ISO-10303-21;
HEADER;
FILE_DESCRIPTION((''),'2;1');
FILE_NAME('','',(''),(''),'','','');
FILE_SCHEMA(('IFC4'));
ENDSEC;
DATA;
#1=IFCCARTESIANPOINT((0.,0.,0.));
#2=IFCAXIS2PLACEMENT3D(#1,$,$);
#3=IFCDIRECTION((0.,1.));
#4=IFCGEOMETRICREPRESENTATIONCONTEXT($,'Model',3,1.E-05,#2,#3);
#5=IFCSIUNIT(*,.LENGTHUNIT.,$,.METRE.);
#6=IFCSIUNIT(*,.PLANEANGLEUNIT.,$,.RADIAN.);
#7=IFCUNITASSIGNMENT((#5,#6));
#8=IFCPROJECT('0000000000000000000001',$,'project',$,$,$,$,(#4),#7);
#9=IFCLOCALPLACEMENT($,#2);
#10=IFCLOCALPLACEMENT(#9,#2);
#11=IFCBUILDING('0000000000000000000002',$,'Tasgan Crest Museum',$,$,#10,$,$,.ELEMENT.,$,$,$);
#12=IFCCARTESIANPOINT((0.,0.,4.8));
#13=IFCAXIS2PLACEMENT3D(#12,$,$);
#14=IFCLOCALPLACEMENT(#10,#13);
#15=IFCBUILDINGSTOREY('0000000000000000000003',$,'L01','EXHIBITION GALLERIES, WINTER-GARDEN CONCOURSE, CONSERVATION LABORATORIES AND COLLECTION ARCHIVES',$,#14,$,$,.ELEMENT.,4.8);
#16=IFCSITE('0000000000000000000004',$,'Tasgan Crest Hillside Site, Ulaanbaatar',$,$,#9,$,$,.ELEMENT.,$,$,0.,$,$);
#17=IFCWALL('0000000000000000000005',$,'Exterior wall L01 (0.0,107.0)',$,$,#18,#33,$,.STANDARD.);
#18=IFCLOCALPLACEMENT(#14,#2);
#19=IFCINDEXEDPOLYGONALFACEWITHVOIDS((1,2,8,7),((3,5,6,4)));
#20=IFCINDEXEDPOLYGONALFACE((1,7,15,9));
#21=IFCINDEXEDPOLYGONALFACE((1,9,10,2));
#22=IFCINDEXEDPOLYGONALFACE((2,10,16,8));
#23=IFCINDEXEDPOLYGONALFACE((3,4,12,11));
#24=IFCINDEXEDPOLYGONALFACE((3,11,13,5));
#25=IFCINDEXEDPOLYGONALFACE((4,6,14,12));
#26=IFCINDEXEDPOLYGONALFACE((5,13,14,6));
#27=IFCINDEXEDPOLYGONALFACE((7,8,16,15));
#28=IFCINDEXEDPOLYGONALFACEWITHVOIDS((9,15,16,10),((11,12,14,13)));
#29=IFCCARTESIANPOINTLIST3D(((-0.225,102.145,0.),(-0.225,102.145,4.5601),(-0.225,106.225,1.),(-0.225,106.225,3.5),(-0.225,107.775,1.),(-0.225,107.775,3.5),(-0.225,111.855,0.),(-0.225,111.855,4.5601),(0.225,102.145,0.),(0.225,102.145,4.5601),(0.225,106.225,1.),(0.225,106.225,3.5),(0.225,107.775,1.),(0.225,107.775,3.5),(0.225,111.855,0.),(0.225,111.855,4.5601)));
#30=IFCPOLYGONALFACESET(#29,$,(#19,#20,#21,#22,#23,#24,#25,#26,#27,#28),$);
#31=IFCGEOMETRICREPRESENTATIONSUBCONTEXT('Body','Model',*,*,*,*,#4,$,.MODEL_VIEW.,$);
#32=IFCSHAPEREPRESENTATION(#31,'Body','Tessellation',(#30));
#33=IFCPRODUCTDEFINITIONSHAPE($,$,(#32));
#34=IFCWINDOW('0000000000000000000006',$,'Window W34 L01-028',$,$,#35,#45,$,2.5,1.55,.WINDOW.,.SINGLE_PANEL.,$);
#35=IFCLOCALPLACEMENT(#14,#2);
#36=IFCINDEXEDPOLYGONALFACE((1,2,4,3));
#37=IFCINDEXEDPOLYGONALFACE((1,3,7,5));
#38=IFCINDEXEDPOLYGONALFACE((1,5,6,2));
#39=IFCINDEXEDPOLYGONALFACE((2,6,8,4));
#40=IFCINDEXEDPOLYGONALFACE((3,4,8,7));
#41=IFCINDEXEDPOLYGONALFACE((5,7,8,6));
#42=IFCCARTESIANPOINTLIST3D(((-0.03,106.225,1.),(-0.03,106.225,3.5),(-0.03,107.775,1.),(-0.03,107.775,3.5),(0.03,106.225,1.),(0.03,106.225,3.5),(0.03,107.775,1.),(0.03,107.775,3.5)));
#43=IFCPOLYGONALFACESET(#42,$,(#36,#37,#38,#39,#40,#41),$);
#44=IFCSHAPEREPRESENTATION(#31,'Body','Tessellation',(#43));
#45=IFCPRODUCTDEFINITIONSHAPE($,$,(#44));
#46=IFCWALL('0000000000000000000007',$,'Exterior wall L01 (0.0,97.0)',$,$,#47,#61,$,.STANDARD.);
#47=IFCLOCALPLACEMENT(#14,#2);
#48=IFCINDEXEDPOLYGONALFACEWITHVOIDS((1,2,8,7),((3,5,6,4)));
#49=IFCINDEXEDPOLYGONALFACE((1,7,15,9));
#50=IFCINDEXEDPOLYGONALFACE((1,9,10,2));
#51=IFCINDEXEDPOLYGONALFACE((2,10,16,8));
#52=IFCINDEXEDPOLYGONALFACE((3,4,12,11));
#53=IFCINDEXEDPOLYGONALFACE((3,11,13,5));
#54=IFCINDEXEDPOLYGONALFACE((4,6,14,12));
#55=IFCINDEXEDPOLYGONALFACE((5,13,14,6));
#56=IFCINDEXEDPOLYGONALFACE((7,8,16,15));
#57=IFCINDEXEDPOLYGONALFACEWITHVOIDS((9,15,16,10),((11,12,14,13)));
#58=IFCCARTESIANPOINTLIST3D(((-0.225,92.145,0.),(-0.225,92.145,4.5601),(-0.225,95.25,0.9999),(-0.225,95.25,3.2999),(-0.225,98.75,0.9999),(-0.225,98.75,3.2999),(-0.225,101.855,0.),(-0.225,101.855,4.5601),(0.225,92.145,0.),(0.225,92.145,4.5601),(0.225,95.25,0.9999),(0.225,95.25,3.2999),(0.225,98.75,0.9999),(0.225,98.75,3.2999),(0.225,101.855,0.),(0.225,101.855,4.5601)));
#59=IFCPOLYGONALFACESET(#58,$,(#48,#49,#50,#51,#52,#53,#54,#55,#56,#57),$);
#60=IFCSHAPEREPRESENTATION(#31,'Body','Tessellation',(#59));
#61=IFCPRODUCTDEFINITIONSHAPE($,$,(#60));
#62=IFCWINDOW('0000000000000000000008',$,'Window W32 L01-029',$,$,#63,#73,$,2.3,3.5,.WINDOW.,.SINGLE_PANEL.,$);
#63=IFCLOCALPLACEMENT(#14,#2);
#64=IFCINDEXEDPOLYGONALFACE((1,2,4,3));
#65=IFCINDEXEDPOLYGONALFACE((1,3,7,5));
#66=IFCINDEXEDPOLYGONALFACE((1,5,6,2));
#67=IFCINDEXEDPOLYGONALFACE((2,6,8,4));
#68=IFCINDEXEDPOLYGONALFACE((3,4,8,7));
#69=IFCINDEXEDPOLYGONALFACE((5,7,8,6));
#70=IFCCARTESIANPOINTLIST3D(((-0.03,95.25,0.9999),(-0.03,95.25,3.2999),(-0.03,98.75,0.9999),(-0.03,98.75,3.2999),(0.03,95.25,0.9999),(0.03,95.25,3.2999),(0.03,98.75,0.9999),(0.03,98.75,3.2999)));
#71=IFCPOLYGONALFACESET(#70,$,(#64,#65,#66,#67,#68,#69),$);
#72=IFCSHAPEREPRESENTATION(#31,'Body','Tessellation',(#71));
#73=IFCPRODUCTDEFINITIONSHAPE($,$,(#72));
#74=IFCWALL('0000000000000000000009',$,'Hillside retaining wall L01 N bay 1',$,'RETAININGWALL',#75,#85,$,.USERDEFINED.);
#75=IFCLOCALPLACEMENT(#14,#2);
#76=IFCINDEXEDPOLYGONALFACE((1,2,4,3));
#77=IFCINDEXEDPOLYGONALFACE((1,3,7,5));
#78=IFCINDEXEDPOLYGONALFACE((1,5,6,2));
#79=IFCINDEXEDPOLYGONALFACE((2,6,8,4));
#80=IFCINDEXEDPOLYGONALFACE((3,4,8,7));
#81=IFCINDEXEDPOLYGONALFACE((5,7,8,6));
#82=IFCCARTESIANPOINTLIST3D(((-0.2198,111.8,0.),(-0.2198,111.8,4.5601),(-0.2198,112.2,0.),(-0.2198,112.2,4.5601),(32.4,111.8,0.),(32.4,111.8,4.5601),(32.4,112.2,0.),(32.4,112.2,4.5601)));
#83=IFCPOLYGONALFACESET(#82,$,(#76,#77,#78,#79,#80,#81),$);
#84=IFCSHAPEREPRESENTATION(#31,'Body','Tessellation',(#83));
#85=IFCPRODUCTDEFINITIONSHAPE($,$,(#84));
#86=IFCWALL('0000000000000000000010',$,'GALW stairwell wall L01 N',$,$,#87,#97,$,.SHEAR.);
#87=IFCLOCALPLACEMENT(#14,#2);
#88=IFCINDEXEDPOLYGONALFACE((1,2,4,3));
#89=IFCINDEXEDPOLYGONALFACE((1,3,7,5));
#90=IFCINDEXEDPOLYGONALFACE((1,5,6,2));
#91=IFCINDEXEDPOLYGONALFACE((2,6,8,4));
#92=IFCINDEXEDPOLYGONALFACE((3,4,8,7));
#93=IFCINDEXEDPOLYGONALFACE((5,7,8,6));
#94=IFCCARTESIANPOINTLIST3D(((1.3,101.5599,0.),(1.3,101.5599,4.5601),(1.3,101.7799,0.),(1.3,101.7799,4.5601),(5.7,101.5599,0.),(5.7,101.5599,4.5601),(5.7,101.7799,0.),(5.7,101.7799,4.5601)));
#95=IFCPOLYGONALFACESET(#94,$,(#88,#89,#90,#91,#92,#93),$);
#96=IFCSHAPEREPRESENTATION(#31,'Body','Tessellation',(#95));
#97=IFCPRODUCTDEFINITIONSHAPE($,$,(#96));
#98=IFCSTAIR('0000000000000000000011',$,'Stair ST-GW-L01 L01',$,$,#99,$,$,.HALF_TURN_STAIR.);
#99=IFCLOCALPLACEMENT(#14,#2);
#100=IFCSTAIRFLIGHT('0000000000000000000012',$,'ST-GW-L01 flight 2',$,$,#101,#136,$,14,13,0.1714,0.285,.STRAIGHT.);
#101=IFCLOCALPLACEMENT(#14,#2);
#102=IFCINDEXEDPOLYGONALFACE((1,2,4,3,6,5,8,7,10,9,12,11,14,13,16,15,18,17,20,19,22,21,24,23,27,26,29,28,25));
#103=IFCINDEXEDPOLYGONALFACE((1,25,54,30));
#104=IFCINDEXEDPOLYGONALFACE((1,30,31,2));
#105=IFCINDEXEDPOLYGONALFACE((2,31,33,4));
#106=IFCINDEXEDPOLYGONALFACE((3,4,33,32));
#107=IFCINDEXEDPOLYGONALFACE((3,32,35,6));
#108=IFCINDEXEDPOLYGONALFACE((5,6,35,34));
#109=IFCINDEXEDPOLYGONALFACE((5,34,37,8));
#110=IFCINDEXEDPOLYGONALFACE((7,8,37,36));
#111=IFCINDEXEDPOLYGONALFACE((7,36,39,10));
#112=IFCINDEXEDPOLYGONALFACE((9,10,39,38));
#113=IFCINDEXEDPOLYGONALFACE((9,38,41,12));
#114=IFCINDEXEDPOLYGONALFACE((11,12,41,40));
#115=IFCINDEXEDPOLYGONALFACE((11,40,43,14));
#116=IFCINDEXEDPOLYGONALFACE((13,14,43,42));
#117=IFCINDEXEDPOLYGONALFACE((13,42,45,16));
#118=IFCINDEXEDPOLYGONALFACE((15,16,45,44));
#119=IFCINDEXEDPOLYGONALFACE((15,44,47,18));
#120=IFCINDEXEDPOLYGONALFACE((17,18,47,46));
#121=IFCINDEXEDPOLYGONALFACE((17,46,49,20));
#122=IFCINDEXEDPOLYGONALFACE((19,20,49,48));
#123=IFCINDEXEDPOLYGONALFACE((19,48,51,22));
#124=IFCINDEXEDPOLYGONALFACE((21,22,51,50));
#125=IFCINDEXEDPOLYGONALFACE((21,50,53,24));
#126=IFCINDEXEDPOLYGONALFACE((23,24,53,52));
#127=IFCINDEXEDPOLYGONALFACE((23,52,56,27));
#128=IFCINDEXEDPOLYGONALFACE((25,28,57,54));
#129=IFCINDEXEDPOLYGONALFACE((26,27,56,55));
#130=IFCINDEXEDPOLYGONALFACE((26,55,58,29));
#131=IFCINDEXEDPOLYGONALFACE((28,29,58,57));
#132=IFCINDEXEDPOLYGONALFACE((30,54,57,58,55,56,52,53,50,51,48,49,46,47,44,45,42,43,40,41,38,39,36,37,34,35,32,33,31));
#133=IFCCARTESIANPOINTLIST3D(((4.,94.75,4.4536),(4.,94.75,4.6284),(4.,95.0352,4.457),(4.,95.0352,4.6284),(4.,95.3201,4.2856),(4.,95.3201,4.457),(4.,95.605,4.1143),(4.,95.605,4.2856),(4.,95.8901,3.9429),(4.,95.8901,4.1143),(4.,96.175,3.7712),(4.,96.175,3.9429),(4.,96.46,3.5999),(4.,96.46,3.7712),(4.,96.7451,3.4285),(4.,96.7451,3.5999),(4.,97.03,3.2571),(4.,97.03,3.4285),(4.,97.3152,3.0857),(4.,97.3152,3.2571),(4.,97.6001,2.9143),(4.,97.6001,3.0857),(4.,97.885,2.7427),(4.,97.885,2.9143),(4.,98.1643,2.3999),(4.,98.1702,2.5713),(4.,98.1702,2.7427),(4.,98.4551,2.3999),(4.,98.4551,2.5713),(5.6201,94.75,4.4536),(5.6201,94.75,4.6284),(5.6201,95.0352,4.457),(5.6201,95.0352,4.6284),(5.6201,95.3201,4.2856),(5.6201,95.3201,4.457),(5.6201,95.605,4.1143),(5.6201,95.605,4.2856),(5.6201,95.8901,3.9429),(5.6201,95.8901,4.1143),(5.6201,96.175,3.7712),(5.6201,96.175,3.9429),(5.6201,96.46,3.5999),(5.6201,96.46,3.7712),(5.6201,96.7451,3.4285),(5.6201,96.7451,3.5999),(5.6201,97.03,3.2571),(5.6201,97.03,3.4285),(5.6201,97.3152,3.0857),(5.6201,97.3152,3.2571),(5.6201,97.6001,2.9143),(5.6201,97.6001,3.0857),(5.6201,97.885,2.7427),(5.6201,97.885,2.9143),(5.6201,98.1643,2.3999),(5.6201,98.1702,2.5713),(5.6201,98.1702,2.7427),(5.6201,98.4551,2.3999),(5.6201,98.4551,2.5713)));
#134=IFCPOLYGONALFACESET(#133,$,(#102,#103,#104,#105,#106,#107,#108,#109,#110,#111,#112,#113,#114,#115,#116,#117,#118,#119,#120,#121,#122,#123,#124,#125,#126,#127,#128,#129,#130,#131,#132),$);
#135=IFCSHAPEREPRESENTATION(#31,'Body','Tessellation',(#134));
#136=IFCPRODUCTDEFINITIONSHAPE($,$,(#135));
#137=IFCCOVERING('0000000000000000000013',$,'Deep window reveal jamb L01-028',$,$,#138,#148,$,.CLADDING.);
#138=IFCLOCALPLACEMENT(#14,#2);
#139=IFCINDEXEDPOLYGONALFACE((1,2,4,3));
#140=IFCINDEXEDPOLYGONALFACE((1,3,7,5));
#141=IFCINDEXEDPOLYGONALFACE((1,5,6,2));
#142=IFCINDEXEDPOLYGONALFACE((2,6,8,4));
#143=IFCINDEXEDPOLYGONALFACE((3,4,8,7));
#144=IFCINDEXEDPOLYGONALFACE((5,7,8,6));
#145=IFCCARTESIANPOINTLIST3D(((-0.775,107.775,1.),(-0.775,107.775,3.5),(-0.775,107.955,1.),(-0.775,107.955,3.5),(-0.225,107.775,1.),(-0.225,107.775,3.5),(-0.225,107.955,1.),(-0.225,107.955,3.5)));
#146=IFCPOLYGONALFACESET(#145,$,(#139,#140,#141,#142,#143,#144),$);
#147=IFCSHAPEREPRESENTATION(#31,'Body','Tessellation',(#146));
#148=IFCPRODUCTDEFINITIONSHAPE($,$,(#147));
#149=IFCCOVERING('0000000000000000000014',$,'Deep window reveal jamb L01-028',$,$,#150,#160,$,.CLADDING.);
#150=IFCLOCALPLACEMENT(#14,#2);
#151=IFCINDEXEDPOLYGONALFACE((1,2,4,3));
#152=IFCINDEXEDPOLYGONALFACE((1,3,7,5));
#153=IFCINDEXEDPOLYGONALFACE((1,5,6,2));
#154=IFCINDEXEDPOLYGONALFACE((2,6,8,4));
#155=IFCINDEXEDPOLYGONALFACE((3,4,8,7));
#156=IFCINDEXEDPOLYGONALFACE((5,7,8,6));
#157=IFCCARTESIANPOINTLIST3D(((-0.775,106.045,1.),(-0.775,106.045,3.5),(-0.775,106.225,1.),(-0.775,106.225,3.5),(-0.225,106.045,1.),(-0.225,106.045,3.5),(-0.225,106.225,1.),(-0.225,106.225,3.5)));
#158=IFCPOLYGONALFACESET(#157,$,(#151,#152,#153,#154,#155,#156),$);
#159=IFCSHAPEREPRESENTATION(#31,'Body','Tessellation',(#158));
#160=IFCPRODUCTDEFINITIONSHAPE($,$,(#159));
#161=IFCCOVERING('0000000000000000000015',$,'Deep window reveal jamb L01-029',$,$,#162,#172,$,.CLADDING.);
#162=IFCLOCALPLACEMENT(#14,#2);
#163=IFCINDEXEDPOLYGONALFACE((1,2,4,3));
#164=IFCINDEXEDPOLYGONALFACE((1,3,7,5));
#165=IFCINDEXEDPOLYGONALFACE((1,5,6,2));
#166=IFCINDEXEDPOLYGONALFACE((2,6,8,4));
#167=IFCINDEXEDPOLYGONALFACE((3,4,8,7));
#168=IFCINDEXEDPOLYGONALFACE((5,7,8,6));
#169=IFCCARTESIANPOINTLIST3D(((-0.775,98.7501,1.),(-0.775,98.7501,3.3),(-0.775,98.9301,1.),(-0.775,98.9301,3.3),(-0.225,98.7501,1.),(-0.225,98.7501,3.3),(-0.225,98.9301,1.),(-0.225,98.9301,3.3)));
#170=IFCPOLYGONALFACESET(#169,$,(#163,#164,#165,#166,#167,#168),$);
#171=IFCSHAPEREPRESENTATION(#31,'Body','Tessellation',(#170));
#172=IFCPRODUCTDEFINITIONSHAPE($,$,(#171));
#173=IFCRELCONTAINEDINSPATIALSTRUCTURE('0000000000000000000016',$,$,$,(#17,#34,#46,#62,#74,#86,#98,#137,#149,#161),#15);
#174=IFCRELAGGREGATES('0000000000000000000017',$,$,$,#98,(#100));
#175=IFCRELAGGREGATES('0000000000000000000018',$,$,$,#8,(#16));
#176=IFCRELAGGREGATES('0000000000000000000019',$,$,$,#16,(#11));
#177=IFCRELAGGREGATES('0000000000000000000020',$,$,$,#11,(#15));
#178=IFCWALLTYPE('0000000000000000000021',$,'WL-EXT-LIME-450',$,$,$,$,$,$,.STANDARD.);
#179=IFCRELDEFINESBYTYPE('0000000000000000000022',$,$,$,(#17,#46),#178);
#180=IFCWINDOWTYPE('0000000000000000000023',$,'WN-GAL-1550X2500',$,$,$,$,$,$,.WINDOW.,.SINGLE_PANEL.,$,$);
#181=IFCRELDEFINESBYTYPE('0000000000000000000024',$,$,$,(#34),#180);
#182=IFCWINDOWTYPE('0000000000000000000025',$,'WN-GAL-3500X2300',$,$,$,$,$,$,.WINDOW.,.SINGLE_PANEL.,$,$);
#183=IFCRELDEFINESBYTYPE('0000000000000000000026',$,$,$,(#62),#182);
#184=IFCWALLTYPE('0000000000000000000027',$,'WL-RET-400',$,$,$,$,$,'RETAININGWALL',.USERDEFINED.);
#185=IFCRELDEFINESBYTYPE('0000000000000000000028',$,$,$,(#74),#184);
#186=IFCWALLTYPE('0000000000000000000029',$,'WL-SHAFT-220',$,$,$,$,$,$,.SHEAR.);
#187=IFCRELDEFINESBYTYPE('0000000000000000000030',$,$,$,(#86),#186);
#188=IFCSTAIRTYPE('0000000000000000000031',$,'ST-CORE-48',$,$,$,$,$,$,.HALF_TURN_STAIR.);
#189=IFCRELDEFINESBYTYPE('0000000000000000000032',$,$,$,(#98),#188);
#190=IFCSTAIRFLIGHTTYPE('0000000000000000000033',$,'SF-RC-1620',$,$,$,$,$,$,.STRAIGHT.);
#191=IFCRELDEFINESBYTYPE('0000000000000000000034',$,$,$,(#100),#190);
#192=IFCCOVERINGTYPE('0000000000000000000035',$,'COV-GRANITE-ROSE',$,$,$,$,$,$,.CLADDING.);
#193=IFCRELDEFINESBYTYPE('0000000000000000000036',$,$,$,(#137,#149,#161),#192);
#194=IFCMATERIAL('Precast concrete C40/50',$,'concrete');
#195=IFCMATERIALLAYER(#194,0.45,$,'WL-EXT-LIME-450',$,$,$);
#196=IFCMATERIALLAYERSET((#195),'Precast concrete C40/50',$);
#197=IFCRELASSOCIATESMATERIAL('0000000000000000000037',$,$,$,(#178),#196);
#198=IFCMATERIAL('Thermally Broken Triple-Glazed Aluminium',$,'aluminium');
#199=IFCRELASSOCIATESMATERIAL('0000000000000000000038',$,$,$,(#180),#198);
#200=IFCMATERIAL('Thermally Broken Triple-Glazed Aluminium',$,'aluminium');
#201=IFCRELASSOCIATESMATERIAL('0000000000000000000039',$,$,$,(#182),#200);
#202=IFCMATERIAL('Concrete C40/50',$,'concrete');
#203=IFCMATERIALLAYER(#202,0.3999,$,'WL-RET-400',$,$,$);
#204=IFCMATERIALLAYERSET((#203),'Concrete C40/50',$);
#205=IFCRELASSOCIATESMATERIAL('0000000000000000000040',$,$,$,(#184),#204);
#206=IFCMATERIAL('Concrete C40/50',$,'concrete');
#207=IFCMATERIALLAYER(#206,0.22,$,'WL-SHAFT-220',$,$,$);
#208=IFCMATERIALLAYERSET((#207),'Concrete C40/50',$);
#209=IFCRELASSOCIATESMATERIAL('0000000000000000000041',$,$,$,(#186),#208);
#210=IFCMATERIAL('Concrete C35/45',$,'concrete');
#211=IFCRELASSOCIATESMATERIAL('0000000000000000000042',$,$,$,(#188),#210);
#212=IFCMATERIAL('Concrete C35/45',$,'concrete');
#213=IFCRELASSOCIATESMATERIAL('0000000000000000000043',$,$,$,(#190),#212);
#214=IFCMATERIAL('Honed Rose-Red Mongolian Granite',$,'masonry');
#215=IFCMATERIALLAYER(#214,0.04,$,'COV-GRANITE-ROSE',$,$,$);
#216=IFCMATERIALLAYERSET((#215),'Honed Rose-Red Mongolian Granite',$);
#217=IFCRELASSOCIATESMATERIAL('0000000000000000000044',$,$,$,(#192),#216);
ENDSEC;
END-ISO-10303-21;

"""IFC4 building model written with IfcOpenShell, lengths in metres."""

from ifc_helpers import new_model, si_unit, direction, frame, frame_2d, origin, origin_2d, place, context, subcontext, project, spatial, polyline, rectangle, outline, extrude, material, layer, layer_set, type_object, element, fill, aggregate, save


model = new_model("IFC4")

# Units and contexts
model_context = context("Model", 3, precision=1e-05, world=origin(), true_north=direction((0.0, 1.0)))
body_context = subcontext(model_context, "Body", "Model", "MODEL_VIEW")
ifc_project = project(units=[si_unit("LENGTHUNIT", "METRE"), si_unit("PLANEANGLEUNIT", "RADIAN")], contexts=[model_context])

# Site, building, storey
site_placement = place(None, origin())
site = spatial("IfcSite", under=ifc_project, at=site_placement, Name="Tasgan Crest Hillside Site, Ulaanbaatar", CompositionType="ELEMENT", RefElevation=0.0)
building_placement = place(site_placement, origin())
building = spatial("IfcBuilding", under=site, at=building_placement, Name="Tasgan Crest Museum", CompositionType="ELEMENT")
storey_placement = place(building_placement, frame((0.0, 0.0, 4.8)))
storey = spatial("IfcBuildingStorey", under=building, at=storey_placement, Name="L01", Description="EXHIBITION GALLERIES, WINTER-GARDEN CONCOURSE, CONSERVATION LABORATORIES AND COLLECTION ARCHIVES", CompositionType="ELEMENT", Elevation=4.8)

# Walls, openings, windows
ifc_material_1 = material(Name="Precast concrete C40/50", Category="concrete")
ifc_layer_1 = layer(ifc_material_1, 0.45, Name="WL-EXT-LIME-450")
ifc_layer_set_1 = layer_set([ifc_layer_1], Name="Precast concrete C40/50")
wall_type_1 = type_object("IfcWallType", Name="WL-EXT-LIME-450", PredefinedType="STANDARD", material=ifc_layer_set_1)
wall_1_placement = place(storey_placement, frame((0.0, 111.855, 0.0), z_axis=(0.0, 0.0, 1.0), x_axis=(0.0, -1.0, 0.0)))
wall_1 = element("IfcWall", 1, at=wall_1_placement, inside=storey, type_object=wall_type_1, Name="Exterior wall L01 (0.0,107.0)", PredefinedType="STANDARD", context=body_context, shape_type="SweptSolid", body=[
    extrude(rectangle(XDim=9.71, YDim=0.45, at=frame_2d((4.855, 0.0))), origin(), (0.0, 0.0, 1.0), 4.5601),
])
opening_1_placement = place(wall_1_placement, frame((4.0801, 0.0, 1.0)))
opening_1 = element("IfcOpeningElement", 2, at=opening_1_placement, cuts=wall_1, PredefinedType="OPENING", context=body_context, shape_type="SweptSolid", body=[
    extrude(rectangle(XDim=1.55, YDim=2.5, at=frame_2d((0.7749, 1.25))), frame((0.0, 0.2349, 0.0), z_axis=(0.0, -1.0, 0.0), x_axis=(1.0, 0.0, 0.0)), (0.0, 0.0, 1.0), 0.47),
])
ifc_material_2 = material(Name="Thermally Broken Triple-Glazed Aluminium", Category="aluminium")
window_type_1 = type_object("IfcWindowType", Name="WN-GAL-1550X2500", PartitioningType="SINGLE_PANEL", PredefinedType="WINDOW", material=ifc_material_2)
window_1_placement = place(opening_1_placement, origin())
window_1 = element("IfcWindow", 3, at=window_1_placement, inside=storey, type_object=window_type_1, Name="Window W34 L01-028", OverallHeight=2.5, OverallWidth=1.55, PartitioningType="SINGLE_PANEL", PredefinedType="WINDOW", context=body_context, shape_type="SweptSolid", body=[
    extrude(rectangle(XDim=1.55, YDim=2.5, at=frame_2d((0.7749, 1.25))), frame((0.0, 0.03, 0.0), z_axis=(0.0, -1.0, 0.0), x_axis=(1.0, 0.0, 0.0)), (0.0, 0.0, 1.0), 0.0601),
])
fill(opening_1, window_1)
wall_2_placement = place(storey_placement, frame((0.0, 101.855, 0.0), z_axis=(0.0, 0.0, 1.0), x_axis=(0.0, -1.0, 0.0)))
wall_2 = element("IfcWall", 4, at=wall_2_placement, inside=storey, type_object=wall_type_1, Name="Exterior wall L01 (0.0,97.0)", PredefinedType="STANDARD", context=body_context, shape_type="SweptSolid", body=[
    extrude(rectangle(XDim=9.71, YDim=0.45, at=frame_2d((4.855, 0.0))), origin(), (0.0, 0.0, 1.0), 4.5601),
])
opening_2_placement = place(wall_2_placement, frame((3.105, 0.0, 1.0)))
opening_2 = element("IfcOpeningElement", 5, at=opening_2_placement, cuts=wall_2, PredefinedType="OPENING", context=body_context, shape_type="SweptSolid", body=[
    extrude(rectangle(XDim=3.5, YDim=2.3, at=frame_2d((1.75, 1.1499))), frame((0.0, 0.2349, 0.0), z_axis=(0.0, -1.0, 0.0), x_axis=(1.0, 0.0, 0.0)), (0.0, 0.0, 1.0), 0.47),
])
ifc_material_3 = material(Name="Thermally Broken Triple-Glazed Aluminium", Category="aluminium")
window_type_2 = type_object("IfcWindowType", Name="WN-GAL-3500X2300", PartitioningType="SINGLE_PANEL", PredefinedType="WINDOW", material=ifc_material_3)
window_2_placement = place(opening_2_placement, origin())
window_2 = element("IfcWindow", 6, at=window_2_placement, inside=storey, type_object=window_type_2, Name="Window W32 L01-029", OverallHeight=2.3, OverallWidth=3.5, PartitioningType="SINGLE_PANEL", PredefinedType="WINDOW", context=body_context, shape_type="SweptSolid", body=[
    extrude(rectangle(XDim=3.5, YDim=2.3, at=frame_2d((1.75, 1.1499))), frame((0.0, 0.03, 0.0), z_axis=(0.0, -1.0, 0.0), x_axis=(1.0, 0.0, 0.0)), (0.0, 0.0, 1.0), 0.0601),
])
fill(opening_2, window_2)

# Walls
ifc_material_4 = material(Name="Concrete C40/50", Category="concrete")
ifc_layer_2 = layer(ifc_material_4, 0.3999, Name="WL-RET-400")
ifc_layer_set_2 = layer_set([ifc_layer_2], Name="Concrete C40/50")
wall_type_2 = type_object("IfcWallType", Name="WL-RET-400", ElementType="RETAININGWALL", PredefinedType="USERDEFINED", material=ifc_layer_set_2)
wall_3_placement = place(storey_placement, frame((-0.22, 112.0, 0.0), z_axis=(0.0, 0.0, 1.0), x_axis=(1.0, 0.0, 0.0)))
element("IfcWall", 7, at=wall_3_placement, inside=storey, type_object=wall_type_2, Name="Hillside retaining wall L01 N bay 1", ObjectType="RETAININGWALL", PredefinedType="USERDEFINED", context=body_context, shape_type="SweptSolid", body=[
    extrude(rectangle(XDim=32.6199, YDim=0.3999, at=frame_2d((16.3101, 0.0))), origin(), (0.0, 0.0, 1.0), 4.5601),
])
ifc_material_5 = material(Name="Concrete C40/50", Category="concrete")
ifc_layer_3 = layer(ifc_material_5, 0.22, Name="WL-SHAFT-220")
ifc_layer_set_3 = layer_set([ifc_layer_3], Name="Concrete C40/50")
wall_type_3 = type_object("IfcWallType", Name="WL-SHAFT-220", PredefinedType="SHEAR", material=ifc_layer_set_3)
wall_4_placement = place(storey_placement, frame((1.3, 101.6699, 0.0), z_axis=(0.0, 0.0, 1.0), x_axis=(1.0, 0.0, 0.0)))
element("IfcWall", 8, at=wall_4_placement, inside=storey, type_object=wall_type_3, Name="GALW stairwell wall L01 N", PredefinedType="SHEAR", context=body_context, shape_type="SweptSolid", body=[
    extrude(rectangle(XDim=4.3999, YDim=0.22, at=frame_2d((2.2, 0.0))), origin(), (0.0, 0.0, 1.0), 4.5601),
])

# Stair, stair flight
ifc_material_6 = material(Name="Concrete C35/45", Category="concrete")
stair_type = type_object("IfcStairType", Name="ST-CORE-48", PredefinedType="HALF_TURN_STAIR", material=ifc_material_6)
stair_placement = place(storey_placement, origin())
stair = element("IfcStair", 9, at=stair_placement, inside=storey, type_object=stair_type, Name="Stair ST-GW-L01 L01", PredefinedType="HALF_TURN_STAIR")
ifc_material_7 = material(Name="Concrete C35/45", Category="concrete")
stair_flight_type = type_object("IfcStairFlightType", Name="SF-RC-1620", PredefinedType="STRAIGHT", material=ifc_material_7)
stair_flight_placement = place(storey_placement, frame((4.8101, 98.4551, 2.3999), z_axis=(0.0, 0.0, 1.0), x_axis=(0.0, -1.0, 0.0)))
stair_flight = element("IfcStairFlight", 10, at=stair_flight_placement, type_object=stair_flight_type, Name="ST-GW-L01 flight 2", NumberOfRisers=14, NumberOfTreads=13, PredefinedType="STRAIGHT", RiserHeight=0.1714, TreadLength=0.285, context=body_context, shape_type="SweptSolid", body=[
    extrude(outline(polyline([(0.0, 0.0), (0.0, 0.1714), (0.2849, 0.1714), (0.2849, 0.3428), (0.5701, 0.3428), (0.5701, 0.5144), (0.855, 0.5144), (0.855, 0.6858), (1.1399, 0.6858), (1.1399, 0.8572), (1.425, 0.8572), (1.425, 1.0286), (1.71, 1.0286), (1.71, 1.2), (1.9951, 1.2), (1.9951, 1.3713), (2.28, 1.3713), (2.28, 1.543), (2.5649, 1.543), (2.5649, 1.7144), (2.8501, 1.7144), (2.8501, 1.8857), (3.135, 1.8857), (3.135, 2.0571), (3.4199, 2.0571), (3.4199, 2.2285), (3.7051, 2.2285), (3.7051, 2.3999), (3.7051, 2.0537), (0.2908, 0.0), (0.0, 0.0)])), frame((0.0, 0.8101, 0.0), z_axis=(0.0, -1.0, 0.0), x_axis=(1.0, 0.0, 0.0)), (0.0, 0.0, 1.0), 1.6201),
])
aggregate(stair, [stair_flight])

# Coverings
ifc_material_8 = material(Name="Honed Rose-Red Mongolian Granite", Category="masonry")
ifc_layer_4 = layer(ifc_material_8, 0.04, Name="COV-GRANITE-ROSE")
ifc_layer_set_4 = layer_set([ifc_layer_4], Name="Honed Rose-Red Mongolian Granite")
covering_type_1 = type_object("IfcCoveringType", Name="COV-GRANITE-ROSE", PredefinedType="CLADDING", material=ifc_layer_set_4)
for number, where, z_axis, x_axis, name in (
    (11, (-0.5, 107.865, 1.0), (0.0, 0.0, 1.0), (0.0, -1.0, 0.0), "Deep window reveal jamb L01-028"),
    (12, (-0.5, 106.135, 1.0), (0.0, 0.0, 1.0), (0.0, -1.0, 0.0), "Deep window reveal jamb L01-028"),
):
    element("IfcCovering", number, at=place(storey_placement, frame(where, z_axis=z_axis, x_axis=x_axis)), inside=storey, type_object=covering_type_1, Name=name, PredefinedType="CLADDING", context=body_context, shape_type="SweptSolid", body=[
        extrude(rectangle(XDim=0.1799, YDim=0.55, at=origin_2d()), origin(), (0.0, 0.0, 1.0), 2.5),
    ])
covering_1_placement = place(storey_placement, frame((-0.5, 98.8401, 1.0), z_axis=(0.0, 0.0, 1.0), x_axis=(0.0, -1.0, 0.0)))
element("IfcCovering", 13, at=covering_1_placement, inside=storey, type_object=covering_type_1, Name="Deep window reveal jamb L01-029", PredefinedType="CLADDING", context=body_context, shape_type="SweptSolid", body=[
    extrude(rectangle(XDim=0.1799, YDim=0.55, at=origin_2d()), origin(), (0.0, 0.0, 1.0), 2.3),
])

save(model, "model.ifc")
